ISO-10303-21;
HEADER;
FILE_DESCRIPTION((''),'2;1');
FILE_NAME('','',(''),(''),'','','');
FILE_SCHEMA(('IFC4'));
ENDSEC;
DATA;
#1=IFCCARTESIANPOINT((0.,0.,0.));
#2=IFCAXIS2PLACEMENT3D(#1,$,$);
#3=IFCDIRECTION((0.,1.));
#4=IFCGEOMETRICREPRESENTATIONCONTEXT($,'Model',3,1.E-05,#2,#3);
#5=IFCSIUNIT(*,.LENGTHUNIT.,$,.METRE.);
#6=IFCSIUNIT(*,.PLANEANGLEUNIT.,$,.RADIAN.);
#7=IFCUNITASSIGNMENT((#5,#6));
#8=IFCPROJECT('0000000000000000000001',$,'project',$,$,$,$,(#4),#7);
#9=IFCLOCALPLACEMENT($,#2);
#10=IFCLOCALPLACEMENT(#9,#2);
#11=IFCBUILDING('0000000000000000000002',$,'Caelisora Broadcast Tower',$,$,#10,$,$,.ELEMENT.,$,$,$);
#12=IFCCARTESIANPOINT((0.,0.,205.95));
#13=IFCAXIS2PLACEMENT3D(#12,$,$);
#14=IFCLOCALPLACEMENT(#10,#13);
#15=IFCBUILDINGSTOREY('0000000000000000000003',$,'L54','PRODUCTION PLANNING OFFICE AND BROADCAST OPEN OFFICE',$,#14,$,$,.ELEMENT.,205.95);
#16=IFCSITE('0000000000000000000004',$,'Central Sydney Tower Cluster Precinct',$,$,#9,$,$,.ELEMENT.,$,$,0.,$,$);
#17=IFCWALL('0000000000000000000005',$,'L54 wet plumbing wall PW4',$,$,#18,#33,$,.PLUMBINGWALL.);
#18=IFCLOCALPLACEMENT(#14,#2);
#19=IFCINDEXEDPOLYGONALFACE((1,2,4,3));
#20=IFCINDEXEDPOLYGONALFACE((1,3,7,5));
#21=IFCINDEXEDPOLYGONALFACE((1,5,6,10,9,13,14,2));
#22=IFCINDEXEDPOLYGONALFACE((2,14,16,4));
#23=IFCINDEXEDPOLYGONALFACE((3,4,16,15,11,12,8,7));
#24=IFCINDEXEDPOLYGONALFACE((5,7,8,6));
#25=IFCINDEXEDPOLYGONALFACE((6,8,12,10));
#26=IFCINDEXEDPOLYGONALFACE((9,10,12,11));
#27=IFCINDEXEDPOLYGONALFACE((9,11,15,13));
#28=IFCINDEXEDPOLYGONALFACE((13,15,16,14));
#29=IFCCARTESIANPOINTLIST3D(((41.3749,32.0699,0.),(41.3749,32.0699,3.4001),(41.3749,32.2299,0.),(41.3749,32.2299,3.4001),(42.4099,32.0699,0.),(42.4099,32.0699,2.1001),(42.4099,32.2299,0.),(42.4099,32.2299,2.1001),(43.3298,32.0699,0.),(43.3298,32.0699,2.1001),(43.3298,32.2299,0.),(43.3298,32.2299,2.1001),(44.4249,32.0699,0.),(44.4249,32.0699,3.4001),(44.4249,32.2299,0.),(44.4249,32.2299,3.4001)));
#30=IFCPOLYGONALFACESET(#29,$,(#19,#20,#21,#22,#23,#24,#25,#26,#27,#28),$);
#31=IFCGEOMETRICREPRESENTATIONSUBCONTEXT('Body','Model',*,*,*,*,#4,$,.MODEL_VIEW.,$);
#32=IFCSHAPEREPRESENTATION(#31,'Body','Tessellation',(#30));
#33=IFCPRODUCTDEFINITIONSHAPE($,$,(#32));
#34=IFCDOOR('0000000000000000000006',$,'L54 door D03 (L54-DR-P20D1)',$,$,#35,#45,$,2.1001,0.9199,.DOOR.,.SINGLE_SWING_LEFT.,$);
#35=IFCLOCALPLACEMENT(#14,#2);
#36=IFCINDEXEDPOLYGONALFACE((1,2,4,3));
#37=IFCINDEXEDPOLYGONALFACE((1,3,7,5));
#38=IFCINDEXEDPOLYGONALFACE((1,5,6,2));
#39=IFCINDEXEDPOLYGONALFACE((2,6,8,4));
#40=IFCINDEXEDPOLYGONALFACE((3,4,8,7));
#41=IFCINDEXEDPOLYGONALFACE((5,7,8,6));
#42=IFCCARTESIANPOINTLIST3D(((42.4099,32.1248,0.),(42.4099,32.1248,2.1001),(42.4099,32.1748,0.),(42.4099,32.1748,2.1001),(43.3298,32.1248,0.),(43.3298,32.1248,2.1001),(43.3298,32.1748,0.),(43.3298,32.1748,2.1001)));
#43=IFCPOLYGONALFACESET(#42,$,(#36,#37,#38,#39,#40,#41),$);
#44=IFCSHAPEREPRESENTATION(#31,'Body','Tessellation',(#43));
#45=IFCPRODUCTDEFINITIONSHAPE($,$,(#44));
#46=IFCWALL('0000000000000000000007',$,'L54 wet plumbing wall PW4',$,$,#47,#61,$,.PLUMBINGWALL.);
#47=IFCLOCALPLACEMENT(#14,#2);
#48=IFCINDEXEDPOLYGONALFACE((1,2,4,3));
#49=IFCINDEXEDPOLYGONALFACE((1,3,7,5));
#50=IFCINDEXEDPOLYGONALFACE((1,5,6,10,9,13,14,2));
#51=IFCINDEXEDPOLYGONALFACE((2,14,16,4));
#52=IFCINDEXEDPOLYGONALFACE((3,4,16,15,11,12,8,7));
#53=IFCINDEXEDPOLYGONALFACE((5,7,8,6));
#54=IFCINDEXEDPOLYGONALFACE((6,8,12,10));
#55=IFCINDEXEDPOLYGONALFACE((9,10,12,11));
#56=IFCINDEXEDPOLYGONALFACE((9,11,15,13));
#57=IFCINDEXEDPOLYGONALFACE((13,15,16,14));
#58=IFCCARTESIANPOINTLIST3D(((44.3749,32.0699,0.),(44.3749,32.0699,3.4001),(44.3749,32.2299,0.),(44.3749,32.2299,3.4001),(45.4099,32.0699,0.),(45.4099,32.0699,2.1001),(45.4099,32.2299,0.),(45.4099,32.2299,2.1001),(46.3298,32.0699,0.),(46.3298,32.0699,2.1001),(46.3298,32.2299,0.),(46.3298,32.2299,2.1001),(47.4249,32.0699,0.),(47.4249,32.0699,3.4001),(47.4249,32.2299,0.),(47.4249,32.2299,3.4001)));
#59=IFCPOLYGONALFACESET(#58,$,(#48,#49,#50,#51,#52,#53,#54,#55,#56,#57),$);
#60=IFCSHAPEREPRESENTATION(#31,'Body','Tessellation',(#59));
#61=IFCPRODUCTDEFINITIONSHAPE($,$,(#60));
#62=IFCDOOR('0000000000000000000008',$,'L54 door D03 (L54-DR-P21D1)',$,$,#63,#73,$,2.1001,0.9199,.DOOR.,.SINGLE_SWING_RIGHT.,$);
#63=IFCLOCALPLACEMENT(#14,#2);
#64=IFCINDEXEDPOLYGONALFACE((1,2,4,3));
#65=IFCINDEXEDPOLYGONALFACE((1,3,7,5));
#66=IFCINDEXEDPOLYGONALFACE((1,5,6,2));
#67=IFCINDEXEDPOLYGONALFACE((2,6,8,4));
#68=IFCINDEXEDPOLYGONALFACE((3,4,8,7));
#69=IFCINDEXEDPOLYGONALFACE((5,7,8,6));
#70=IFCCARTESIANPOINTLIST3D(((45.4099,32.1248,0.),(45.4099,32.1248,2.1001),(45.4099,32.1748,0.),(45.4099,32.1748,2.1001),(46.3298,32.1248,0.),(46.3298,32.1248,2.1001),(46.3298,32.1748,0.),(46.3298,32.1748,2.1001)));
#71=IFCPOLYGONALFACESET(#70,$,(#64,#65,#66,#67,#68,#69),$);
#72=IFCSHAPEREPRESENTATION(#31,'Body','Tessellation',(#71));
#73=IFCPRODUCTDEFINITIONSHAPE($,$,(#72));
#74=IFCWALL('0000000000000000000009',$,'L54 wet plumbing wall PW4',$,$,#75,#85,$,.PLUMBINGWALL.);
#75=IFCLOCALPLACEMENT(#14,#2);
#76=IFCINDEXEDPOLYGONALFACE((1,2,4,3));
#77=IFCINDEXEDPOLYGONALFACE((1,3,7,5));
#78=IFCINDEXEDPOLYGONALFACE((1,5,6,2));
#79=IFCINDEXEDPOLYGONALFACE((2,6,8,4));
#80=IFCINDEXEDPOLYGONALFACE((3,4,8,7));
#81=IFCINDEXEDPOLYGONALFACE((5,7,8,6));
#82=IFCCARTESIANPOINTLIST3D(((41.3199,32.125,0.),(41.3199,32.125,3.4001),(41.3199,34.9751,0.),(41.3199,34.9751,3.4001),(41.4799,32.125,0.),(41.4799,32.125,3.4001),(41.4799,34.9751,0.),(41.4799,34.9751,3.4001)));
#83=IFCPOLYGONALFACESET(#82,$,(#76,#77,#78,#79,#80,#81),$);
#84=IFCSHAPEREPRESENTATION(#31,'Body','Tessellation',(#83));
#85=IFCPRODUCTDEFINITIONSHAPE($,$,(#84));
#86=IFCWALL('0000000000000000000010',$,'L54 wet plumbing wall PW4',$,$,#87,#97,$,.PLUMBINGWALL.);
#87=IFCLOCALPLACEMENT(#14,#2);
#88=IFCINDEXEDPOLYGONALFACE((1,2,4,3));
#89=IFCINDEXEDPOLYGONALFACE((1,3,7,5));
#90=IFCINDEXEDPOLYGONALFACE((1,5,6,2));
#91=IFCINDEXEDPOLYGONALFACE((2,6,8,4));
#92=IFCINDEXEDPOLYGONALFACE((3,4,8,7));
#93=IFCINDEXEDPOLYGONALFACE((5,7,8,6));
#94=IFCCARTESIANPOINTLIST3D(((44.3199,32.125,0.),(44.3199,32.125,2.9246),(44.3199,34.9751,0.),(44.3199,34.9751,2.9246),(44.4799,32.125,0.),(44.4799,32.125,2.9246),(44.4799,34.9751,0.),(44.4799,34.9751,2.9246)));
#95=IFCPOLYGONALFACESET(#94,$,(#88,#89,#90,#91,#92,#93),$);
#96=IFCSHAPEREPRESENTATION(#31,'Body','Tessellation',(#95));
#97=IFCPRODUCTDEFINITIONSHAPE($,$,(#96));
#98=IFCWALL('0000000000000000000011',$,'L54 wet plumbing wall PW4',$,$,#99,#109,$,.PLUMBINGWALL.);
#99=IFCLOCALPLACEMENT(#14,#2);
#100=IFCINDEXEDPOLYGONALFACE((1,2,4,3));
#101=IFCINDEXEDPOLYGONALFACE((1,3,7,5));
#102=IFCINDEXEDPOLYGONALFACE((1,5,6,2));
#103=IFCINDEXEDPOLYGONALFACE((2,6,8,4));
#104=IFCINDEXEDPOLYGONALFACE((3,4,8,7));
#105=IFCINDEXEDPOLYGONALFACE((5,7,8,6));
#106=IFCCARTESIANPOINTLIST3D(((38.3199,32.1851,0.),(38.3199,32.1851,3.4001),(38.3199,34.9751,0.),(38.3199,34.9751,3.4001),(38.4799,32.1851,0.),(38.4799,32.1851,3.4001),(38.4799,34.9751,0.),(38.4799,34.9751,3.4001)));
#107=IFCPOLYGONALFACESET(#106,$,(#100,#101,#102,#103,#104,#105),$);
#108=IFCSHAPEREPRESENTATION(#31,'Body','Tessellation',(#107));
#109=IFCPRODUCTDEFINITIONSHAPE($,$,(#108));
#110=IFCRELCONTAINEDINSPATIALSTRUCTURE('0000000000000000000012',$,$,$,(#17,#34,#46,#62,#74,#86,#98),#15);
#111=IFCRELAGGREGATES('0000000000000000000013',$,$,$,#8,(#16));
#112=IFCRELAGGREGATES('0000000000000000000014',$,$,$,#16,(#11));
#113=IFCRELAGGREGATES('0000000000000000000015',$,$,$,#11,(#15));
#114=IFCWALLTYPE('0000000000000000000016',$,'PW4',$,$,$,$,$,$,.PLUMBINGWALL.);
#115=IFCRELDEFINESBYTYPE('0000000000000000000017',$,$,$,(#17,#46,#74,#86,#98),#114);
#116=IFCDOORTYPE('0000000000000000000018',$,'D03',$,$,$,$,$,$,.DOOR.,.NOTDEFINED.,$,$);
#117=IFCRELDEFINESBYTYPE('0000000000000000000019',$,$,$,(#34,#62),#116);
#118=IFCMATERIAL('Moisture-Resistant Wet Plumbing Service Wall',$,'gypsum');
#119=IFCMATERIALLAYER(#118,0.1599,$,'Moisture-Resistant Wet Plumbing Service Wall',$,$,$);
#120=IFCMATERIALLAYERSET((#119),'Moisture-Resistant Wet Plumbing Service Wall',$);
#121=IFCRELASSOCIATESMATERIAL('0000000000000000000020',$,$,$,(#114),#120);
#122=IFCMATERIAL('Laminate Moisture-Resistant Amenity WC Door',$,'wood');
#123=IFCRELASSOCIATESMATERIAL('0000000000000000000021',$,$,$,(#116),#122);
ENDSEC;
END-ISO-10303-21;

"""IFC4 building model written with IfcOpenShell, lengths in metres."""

from ifc_helpers import new_model, si_unit, direction, frame, frame_2d, origin, place, context, subcontext, project, spatial, rectangle, extrude, material, layer, layer_set, type_object, element, fill, save


model = new_model("IFC4")

# Units and contexts
model_context = context("Model", 3, precision=1e-05, world=origin(), true_north=direction((0.0, 1.0)))
body_context = subcontext(model_context, "Body", "Model", "MODEL_VIEW")
ifc_project = project(units=[si_unit("LENGTHUNIT", "METRE"), si_unit("PLANEANGLEUNIT", "RADIAN")], contexts=[model_context])

# Site, building, storey
site_placement = place(None, origin())
site = spatial("IfcSite", under=ifc_project, at=site_placement, Name="Central Sydney Tower Cluster Precinct", CompositionType="ELEMENT", RefElevation=0.0)
building_placement = place(site_placement, origin())
building = spatial("IfcBuilding", under=site, at=building_placement, Name="Caelisora Broadcast Tower", CompositionType="ELEMENT")
storey_placement = place(building_placement, frame((0.0, 0.0, 205.95)))
storey = spatial("IfcBuildingStorey", under=building, at=storey_placement, Name="L54", Description="PRODUCTION PLANNING OFFICE AND BROADCAST OPEN OFFICE", CompositionType="ELEMENT", Elevation=205.95)

# Walls, openings, doors
ifc_material_1 = material(Name="Moisture-Resistant Wet Plumbing Service Wall", Category="gypsum")
ifc_layer_1 = layer(ifc_material_1, 0.1599, Name="Moisture-Resistant Wet Plumbing Service Wall")
ifc_layer_set_1 = layer_set([ifc_layer_1], Name="Moisture-Resistant Wet Plumbing Service Wall")
wall_type_1 = type_object("IfcWallType", Name="PW4", PredefinedType="PLUMBINGWALL", material=ifc_layer_set_1)
ifc_material_2 = material(Name="Laminate Moisture-Resistant Amenity WC Door", Category="wood")
door_type_1 = type_object("IfcDoorType", Name="D03", OperationType="NOTDEFINED", PredefinedType="DOOR", material=ifc_material_2)
wall_1_placement = place(storey_placement, frame((41.375, 32.1499, 0.0), z_axis=(0.0, 0.0, 1.0), x_axis=(1.0, 0.0, 0.0)))
wall_1 = element("IfcWall", 1, at=wall_1_placement, inside=storey, type_object=wall_type_1, Name="L54 wet plumbing wall PW4", PredefinedType="PLUMBINGWALL", context=body_context, shape_type="SweptSolid", body=[
    extrude(rectangle(XDim=3.05, YDim=0.1599, at=frame_2d((1.5249, 0.0))), origin(), (0.0, 0.0, 1.0), 3.4001),
])
opening_1_placement = place(wall_1_placement, frame((1.0349, 0.0, 0.0)))
opening_1 = element("IfcOpeningElement", 2, at=opening_1_placement, cuts=wall_1, PredefinedType="OPENING", context=body_context, shape_type="SweptSolid", body=[
    extrude(rectangle(XDim=0.9199, YDim=2.1001, at=frame_2d((0.46, 1.05))), frame((0.0, 0.092, 0.0), z_axis=(0.0, -1.0, 0.0), x_axis=(1.0, 0.0, 0.0)), (0.0, 0.0, 1.0), 0.1838),
])
door_1_placement = place(opening_1_placement, origin())
door_1 = element("IfcDoor", 3, at=door_1_placement, inside=storey, type_object=door_type_1, Name="L54 door D03 (L54-DR-P20D1)", OperationType="SINGLE_SWING_LEFT", OverallHeight=2.1001, OverallWidth=0.9199, PredefinedType="DOOR", context=body_context, shape_type="SweptSolid", body=[
    extrude(rectangle(XDim=0.9199, YDim=2.1001, at=frame_2d((0.46, 1.05))), frame((0.0, 0.0249, 0.0), z_axis=(0.0, -1.0, 0.0), x_axis=(1.0, 0.0, 0.0)), (0.0, 0.0, 1.0), 0.05),
])
fill(opening_1, door_1)
wall_2_placement = place(storey_placement, frame((44.375, 32.1499, 0.0), z_axis=(0.0, 0.0, 1.0), x_axis=(1.0, 0.0, 0.0)))
wall_2 = element("IfcWall", 4, at=wall_2_placement, inside=storey, type_object=wall_type_1, Name="L54 wet plumbing wall PW4", PredefinedType="PLUMBINGWALL", context=body_context, shape_type="SweptSolid", body=[
    extrude(rectangle(XDim=3.05, YDim=0.1599, at=frame_2d((1.5249, 0.0))), origin(), (0.0, 0.0, 1.0), 3.4001),
])
opening_2_placement = place(wall_2_placement, frame((1.0349, 0.0, 0.0)))
opening_2 = element("IfcOpeningElement", 5, at=opening_2_placement, cuts=wall_2, PredefinedType="OPENING", context=body_context, shape_type="SweptSolid", body=[
    extrude(rectangle(XDim=0.9199, YDim=2.1001, at=frame_2d((0.46, 1.05))), frame((0.0, 0.092, 0.0), z_axis=(0.0, -1.0, 0.0), x_axis=(1.0, 0.0, 0.0)), (0.0, 0.0, 1.0), 0.1838),
])
door_2_placement = place(opening_2_placement, origin())
door_2 = element("IfcDoor", 6, at=door_2_placement, inside=storey, type_object=door_type_1, Name="L54 door D03 (L54-DR-P21D1)", OperationType="SINGLE_SWING_RIGHT", OverallHeight=2.1001, OverallWidth=0.9199, PredefinedType="DOOR", context=body_context, shape_type="SweptSolid", body=[
    extrude(rectangle(XDim=0.9199, YDim=2.1001, at=frame_2d((0.46, 1.05))), frame((0.0, 0.0249, 0.0), z_axis=(0.0, -1.0, 0.0), x_axis=(1.0, 0.0, 0.0)), (0.0, 0.0, 1.0), 0.05),
])
fill(opening_2, door_2)

# Walls
wall_3_placement = place(storey_placement, frame((41.3999, 32.125, 0.0), z_axis=(0.0, 0.0, 1.0), x_axis=(0.0, 1.0, 0.0)))
element("IfcWall", 7, at=wall_3_placement, inside=storey, type_object=wall_type_1, Name="L54 wet plumbing wall PW4", PredefinedType="PLUMBINGWALL", context=body_context, shape_type="SweptSolid", body=[
    extrude(rectangle(XDim=2.8501, YDim=0.1599, at=frame_2d((1.425, 0.0))), origin(), (0.0, 0.0, 1.0), 3.4001),
])
wall_4_placement = place(storey_placement, frame((44.3999, 32.125, 0.0), z_axis=(0.0, 0.0, 1.0), x_axis=(0.0, 1.0, 0.0)))
element("IfcWall", 8, at=wall_4_placement, inside=storey, type_object=wall_type_1, Name="L54 wet plumbing wall PW4", PredefinedType="PLUMBINGWALL", context=body_context, shape_type="SweptSolid", body=[
    extrude(rectangle(XDim=2.8501, YDim=0.1599, at=frame_2d((1.425, 0.0))), origin(), (0.0, 0.0, 1.0), 2.9246),
])
wall_5_placement = place(storey_placement, frame((38.3999, 32.1851, 0.0), z_axis=(0.0, 0.0, 1.0), x_axis=(0.0, 1.0, 0.0)))
element("IfcWall", 9, at=wall_5_placement, inside=storey, type_object=wall_type_1, Name="L54 wet plumbing wall PW4", PredefinedType="PLUMBINGWALL", context=body_context, shape_type="SweptSolid", body=[
    extrude(rectangle(XDim=2.79, YDim=0.1599, at=frame_2d((1.395, 0.0))), origin(), (0.0, 0.0, 1.0), 3.4001),
])

save(model, "model.ifc")
